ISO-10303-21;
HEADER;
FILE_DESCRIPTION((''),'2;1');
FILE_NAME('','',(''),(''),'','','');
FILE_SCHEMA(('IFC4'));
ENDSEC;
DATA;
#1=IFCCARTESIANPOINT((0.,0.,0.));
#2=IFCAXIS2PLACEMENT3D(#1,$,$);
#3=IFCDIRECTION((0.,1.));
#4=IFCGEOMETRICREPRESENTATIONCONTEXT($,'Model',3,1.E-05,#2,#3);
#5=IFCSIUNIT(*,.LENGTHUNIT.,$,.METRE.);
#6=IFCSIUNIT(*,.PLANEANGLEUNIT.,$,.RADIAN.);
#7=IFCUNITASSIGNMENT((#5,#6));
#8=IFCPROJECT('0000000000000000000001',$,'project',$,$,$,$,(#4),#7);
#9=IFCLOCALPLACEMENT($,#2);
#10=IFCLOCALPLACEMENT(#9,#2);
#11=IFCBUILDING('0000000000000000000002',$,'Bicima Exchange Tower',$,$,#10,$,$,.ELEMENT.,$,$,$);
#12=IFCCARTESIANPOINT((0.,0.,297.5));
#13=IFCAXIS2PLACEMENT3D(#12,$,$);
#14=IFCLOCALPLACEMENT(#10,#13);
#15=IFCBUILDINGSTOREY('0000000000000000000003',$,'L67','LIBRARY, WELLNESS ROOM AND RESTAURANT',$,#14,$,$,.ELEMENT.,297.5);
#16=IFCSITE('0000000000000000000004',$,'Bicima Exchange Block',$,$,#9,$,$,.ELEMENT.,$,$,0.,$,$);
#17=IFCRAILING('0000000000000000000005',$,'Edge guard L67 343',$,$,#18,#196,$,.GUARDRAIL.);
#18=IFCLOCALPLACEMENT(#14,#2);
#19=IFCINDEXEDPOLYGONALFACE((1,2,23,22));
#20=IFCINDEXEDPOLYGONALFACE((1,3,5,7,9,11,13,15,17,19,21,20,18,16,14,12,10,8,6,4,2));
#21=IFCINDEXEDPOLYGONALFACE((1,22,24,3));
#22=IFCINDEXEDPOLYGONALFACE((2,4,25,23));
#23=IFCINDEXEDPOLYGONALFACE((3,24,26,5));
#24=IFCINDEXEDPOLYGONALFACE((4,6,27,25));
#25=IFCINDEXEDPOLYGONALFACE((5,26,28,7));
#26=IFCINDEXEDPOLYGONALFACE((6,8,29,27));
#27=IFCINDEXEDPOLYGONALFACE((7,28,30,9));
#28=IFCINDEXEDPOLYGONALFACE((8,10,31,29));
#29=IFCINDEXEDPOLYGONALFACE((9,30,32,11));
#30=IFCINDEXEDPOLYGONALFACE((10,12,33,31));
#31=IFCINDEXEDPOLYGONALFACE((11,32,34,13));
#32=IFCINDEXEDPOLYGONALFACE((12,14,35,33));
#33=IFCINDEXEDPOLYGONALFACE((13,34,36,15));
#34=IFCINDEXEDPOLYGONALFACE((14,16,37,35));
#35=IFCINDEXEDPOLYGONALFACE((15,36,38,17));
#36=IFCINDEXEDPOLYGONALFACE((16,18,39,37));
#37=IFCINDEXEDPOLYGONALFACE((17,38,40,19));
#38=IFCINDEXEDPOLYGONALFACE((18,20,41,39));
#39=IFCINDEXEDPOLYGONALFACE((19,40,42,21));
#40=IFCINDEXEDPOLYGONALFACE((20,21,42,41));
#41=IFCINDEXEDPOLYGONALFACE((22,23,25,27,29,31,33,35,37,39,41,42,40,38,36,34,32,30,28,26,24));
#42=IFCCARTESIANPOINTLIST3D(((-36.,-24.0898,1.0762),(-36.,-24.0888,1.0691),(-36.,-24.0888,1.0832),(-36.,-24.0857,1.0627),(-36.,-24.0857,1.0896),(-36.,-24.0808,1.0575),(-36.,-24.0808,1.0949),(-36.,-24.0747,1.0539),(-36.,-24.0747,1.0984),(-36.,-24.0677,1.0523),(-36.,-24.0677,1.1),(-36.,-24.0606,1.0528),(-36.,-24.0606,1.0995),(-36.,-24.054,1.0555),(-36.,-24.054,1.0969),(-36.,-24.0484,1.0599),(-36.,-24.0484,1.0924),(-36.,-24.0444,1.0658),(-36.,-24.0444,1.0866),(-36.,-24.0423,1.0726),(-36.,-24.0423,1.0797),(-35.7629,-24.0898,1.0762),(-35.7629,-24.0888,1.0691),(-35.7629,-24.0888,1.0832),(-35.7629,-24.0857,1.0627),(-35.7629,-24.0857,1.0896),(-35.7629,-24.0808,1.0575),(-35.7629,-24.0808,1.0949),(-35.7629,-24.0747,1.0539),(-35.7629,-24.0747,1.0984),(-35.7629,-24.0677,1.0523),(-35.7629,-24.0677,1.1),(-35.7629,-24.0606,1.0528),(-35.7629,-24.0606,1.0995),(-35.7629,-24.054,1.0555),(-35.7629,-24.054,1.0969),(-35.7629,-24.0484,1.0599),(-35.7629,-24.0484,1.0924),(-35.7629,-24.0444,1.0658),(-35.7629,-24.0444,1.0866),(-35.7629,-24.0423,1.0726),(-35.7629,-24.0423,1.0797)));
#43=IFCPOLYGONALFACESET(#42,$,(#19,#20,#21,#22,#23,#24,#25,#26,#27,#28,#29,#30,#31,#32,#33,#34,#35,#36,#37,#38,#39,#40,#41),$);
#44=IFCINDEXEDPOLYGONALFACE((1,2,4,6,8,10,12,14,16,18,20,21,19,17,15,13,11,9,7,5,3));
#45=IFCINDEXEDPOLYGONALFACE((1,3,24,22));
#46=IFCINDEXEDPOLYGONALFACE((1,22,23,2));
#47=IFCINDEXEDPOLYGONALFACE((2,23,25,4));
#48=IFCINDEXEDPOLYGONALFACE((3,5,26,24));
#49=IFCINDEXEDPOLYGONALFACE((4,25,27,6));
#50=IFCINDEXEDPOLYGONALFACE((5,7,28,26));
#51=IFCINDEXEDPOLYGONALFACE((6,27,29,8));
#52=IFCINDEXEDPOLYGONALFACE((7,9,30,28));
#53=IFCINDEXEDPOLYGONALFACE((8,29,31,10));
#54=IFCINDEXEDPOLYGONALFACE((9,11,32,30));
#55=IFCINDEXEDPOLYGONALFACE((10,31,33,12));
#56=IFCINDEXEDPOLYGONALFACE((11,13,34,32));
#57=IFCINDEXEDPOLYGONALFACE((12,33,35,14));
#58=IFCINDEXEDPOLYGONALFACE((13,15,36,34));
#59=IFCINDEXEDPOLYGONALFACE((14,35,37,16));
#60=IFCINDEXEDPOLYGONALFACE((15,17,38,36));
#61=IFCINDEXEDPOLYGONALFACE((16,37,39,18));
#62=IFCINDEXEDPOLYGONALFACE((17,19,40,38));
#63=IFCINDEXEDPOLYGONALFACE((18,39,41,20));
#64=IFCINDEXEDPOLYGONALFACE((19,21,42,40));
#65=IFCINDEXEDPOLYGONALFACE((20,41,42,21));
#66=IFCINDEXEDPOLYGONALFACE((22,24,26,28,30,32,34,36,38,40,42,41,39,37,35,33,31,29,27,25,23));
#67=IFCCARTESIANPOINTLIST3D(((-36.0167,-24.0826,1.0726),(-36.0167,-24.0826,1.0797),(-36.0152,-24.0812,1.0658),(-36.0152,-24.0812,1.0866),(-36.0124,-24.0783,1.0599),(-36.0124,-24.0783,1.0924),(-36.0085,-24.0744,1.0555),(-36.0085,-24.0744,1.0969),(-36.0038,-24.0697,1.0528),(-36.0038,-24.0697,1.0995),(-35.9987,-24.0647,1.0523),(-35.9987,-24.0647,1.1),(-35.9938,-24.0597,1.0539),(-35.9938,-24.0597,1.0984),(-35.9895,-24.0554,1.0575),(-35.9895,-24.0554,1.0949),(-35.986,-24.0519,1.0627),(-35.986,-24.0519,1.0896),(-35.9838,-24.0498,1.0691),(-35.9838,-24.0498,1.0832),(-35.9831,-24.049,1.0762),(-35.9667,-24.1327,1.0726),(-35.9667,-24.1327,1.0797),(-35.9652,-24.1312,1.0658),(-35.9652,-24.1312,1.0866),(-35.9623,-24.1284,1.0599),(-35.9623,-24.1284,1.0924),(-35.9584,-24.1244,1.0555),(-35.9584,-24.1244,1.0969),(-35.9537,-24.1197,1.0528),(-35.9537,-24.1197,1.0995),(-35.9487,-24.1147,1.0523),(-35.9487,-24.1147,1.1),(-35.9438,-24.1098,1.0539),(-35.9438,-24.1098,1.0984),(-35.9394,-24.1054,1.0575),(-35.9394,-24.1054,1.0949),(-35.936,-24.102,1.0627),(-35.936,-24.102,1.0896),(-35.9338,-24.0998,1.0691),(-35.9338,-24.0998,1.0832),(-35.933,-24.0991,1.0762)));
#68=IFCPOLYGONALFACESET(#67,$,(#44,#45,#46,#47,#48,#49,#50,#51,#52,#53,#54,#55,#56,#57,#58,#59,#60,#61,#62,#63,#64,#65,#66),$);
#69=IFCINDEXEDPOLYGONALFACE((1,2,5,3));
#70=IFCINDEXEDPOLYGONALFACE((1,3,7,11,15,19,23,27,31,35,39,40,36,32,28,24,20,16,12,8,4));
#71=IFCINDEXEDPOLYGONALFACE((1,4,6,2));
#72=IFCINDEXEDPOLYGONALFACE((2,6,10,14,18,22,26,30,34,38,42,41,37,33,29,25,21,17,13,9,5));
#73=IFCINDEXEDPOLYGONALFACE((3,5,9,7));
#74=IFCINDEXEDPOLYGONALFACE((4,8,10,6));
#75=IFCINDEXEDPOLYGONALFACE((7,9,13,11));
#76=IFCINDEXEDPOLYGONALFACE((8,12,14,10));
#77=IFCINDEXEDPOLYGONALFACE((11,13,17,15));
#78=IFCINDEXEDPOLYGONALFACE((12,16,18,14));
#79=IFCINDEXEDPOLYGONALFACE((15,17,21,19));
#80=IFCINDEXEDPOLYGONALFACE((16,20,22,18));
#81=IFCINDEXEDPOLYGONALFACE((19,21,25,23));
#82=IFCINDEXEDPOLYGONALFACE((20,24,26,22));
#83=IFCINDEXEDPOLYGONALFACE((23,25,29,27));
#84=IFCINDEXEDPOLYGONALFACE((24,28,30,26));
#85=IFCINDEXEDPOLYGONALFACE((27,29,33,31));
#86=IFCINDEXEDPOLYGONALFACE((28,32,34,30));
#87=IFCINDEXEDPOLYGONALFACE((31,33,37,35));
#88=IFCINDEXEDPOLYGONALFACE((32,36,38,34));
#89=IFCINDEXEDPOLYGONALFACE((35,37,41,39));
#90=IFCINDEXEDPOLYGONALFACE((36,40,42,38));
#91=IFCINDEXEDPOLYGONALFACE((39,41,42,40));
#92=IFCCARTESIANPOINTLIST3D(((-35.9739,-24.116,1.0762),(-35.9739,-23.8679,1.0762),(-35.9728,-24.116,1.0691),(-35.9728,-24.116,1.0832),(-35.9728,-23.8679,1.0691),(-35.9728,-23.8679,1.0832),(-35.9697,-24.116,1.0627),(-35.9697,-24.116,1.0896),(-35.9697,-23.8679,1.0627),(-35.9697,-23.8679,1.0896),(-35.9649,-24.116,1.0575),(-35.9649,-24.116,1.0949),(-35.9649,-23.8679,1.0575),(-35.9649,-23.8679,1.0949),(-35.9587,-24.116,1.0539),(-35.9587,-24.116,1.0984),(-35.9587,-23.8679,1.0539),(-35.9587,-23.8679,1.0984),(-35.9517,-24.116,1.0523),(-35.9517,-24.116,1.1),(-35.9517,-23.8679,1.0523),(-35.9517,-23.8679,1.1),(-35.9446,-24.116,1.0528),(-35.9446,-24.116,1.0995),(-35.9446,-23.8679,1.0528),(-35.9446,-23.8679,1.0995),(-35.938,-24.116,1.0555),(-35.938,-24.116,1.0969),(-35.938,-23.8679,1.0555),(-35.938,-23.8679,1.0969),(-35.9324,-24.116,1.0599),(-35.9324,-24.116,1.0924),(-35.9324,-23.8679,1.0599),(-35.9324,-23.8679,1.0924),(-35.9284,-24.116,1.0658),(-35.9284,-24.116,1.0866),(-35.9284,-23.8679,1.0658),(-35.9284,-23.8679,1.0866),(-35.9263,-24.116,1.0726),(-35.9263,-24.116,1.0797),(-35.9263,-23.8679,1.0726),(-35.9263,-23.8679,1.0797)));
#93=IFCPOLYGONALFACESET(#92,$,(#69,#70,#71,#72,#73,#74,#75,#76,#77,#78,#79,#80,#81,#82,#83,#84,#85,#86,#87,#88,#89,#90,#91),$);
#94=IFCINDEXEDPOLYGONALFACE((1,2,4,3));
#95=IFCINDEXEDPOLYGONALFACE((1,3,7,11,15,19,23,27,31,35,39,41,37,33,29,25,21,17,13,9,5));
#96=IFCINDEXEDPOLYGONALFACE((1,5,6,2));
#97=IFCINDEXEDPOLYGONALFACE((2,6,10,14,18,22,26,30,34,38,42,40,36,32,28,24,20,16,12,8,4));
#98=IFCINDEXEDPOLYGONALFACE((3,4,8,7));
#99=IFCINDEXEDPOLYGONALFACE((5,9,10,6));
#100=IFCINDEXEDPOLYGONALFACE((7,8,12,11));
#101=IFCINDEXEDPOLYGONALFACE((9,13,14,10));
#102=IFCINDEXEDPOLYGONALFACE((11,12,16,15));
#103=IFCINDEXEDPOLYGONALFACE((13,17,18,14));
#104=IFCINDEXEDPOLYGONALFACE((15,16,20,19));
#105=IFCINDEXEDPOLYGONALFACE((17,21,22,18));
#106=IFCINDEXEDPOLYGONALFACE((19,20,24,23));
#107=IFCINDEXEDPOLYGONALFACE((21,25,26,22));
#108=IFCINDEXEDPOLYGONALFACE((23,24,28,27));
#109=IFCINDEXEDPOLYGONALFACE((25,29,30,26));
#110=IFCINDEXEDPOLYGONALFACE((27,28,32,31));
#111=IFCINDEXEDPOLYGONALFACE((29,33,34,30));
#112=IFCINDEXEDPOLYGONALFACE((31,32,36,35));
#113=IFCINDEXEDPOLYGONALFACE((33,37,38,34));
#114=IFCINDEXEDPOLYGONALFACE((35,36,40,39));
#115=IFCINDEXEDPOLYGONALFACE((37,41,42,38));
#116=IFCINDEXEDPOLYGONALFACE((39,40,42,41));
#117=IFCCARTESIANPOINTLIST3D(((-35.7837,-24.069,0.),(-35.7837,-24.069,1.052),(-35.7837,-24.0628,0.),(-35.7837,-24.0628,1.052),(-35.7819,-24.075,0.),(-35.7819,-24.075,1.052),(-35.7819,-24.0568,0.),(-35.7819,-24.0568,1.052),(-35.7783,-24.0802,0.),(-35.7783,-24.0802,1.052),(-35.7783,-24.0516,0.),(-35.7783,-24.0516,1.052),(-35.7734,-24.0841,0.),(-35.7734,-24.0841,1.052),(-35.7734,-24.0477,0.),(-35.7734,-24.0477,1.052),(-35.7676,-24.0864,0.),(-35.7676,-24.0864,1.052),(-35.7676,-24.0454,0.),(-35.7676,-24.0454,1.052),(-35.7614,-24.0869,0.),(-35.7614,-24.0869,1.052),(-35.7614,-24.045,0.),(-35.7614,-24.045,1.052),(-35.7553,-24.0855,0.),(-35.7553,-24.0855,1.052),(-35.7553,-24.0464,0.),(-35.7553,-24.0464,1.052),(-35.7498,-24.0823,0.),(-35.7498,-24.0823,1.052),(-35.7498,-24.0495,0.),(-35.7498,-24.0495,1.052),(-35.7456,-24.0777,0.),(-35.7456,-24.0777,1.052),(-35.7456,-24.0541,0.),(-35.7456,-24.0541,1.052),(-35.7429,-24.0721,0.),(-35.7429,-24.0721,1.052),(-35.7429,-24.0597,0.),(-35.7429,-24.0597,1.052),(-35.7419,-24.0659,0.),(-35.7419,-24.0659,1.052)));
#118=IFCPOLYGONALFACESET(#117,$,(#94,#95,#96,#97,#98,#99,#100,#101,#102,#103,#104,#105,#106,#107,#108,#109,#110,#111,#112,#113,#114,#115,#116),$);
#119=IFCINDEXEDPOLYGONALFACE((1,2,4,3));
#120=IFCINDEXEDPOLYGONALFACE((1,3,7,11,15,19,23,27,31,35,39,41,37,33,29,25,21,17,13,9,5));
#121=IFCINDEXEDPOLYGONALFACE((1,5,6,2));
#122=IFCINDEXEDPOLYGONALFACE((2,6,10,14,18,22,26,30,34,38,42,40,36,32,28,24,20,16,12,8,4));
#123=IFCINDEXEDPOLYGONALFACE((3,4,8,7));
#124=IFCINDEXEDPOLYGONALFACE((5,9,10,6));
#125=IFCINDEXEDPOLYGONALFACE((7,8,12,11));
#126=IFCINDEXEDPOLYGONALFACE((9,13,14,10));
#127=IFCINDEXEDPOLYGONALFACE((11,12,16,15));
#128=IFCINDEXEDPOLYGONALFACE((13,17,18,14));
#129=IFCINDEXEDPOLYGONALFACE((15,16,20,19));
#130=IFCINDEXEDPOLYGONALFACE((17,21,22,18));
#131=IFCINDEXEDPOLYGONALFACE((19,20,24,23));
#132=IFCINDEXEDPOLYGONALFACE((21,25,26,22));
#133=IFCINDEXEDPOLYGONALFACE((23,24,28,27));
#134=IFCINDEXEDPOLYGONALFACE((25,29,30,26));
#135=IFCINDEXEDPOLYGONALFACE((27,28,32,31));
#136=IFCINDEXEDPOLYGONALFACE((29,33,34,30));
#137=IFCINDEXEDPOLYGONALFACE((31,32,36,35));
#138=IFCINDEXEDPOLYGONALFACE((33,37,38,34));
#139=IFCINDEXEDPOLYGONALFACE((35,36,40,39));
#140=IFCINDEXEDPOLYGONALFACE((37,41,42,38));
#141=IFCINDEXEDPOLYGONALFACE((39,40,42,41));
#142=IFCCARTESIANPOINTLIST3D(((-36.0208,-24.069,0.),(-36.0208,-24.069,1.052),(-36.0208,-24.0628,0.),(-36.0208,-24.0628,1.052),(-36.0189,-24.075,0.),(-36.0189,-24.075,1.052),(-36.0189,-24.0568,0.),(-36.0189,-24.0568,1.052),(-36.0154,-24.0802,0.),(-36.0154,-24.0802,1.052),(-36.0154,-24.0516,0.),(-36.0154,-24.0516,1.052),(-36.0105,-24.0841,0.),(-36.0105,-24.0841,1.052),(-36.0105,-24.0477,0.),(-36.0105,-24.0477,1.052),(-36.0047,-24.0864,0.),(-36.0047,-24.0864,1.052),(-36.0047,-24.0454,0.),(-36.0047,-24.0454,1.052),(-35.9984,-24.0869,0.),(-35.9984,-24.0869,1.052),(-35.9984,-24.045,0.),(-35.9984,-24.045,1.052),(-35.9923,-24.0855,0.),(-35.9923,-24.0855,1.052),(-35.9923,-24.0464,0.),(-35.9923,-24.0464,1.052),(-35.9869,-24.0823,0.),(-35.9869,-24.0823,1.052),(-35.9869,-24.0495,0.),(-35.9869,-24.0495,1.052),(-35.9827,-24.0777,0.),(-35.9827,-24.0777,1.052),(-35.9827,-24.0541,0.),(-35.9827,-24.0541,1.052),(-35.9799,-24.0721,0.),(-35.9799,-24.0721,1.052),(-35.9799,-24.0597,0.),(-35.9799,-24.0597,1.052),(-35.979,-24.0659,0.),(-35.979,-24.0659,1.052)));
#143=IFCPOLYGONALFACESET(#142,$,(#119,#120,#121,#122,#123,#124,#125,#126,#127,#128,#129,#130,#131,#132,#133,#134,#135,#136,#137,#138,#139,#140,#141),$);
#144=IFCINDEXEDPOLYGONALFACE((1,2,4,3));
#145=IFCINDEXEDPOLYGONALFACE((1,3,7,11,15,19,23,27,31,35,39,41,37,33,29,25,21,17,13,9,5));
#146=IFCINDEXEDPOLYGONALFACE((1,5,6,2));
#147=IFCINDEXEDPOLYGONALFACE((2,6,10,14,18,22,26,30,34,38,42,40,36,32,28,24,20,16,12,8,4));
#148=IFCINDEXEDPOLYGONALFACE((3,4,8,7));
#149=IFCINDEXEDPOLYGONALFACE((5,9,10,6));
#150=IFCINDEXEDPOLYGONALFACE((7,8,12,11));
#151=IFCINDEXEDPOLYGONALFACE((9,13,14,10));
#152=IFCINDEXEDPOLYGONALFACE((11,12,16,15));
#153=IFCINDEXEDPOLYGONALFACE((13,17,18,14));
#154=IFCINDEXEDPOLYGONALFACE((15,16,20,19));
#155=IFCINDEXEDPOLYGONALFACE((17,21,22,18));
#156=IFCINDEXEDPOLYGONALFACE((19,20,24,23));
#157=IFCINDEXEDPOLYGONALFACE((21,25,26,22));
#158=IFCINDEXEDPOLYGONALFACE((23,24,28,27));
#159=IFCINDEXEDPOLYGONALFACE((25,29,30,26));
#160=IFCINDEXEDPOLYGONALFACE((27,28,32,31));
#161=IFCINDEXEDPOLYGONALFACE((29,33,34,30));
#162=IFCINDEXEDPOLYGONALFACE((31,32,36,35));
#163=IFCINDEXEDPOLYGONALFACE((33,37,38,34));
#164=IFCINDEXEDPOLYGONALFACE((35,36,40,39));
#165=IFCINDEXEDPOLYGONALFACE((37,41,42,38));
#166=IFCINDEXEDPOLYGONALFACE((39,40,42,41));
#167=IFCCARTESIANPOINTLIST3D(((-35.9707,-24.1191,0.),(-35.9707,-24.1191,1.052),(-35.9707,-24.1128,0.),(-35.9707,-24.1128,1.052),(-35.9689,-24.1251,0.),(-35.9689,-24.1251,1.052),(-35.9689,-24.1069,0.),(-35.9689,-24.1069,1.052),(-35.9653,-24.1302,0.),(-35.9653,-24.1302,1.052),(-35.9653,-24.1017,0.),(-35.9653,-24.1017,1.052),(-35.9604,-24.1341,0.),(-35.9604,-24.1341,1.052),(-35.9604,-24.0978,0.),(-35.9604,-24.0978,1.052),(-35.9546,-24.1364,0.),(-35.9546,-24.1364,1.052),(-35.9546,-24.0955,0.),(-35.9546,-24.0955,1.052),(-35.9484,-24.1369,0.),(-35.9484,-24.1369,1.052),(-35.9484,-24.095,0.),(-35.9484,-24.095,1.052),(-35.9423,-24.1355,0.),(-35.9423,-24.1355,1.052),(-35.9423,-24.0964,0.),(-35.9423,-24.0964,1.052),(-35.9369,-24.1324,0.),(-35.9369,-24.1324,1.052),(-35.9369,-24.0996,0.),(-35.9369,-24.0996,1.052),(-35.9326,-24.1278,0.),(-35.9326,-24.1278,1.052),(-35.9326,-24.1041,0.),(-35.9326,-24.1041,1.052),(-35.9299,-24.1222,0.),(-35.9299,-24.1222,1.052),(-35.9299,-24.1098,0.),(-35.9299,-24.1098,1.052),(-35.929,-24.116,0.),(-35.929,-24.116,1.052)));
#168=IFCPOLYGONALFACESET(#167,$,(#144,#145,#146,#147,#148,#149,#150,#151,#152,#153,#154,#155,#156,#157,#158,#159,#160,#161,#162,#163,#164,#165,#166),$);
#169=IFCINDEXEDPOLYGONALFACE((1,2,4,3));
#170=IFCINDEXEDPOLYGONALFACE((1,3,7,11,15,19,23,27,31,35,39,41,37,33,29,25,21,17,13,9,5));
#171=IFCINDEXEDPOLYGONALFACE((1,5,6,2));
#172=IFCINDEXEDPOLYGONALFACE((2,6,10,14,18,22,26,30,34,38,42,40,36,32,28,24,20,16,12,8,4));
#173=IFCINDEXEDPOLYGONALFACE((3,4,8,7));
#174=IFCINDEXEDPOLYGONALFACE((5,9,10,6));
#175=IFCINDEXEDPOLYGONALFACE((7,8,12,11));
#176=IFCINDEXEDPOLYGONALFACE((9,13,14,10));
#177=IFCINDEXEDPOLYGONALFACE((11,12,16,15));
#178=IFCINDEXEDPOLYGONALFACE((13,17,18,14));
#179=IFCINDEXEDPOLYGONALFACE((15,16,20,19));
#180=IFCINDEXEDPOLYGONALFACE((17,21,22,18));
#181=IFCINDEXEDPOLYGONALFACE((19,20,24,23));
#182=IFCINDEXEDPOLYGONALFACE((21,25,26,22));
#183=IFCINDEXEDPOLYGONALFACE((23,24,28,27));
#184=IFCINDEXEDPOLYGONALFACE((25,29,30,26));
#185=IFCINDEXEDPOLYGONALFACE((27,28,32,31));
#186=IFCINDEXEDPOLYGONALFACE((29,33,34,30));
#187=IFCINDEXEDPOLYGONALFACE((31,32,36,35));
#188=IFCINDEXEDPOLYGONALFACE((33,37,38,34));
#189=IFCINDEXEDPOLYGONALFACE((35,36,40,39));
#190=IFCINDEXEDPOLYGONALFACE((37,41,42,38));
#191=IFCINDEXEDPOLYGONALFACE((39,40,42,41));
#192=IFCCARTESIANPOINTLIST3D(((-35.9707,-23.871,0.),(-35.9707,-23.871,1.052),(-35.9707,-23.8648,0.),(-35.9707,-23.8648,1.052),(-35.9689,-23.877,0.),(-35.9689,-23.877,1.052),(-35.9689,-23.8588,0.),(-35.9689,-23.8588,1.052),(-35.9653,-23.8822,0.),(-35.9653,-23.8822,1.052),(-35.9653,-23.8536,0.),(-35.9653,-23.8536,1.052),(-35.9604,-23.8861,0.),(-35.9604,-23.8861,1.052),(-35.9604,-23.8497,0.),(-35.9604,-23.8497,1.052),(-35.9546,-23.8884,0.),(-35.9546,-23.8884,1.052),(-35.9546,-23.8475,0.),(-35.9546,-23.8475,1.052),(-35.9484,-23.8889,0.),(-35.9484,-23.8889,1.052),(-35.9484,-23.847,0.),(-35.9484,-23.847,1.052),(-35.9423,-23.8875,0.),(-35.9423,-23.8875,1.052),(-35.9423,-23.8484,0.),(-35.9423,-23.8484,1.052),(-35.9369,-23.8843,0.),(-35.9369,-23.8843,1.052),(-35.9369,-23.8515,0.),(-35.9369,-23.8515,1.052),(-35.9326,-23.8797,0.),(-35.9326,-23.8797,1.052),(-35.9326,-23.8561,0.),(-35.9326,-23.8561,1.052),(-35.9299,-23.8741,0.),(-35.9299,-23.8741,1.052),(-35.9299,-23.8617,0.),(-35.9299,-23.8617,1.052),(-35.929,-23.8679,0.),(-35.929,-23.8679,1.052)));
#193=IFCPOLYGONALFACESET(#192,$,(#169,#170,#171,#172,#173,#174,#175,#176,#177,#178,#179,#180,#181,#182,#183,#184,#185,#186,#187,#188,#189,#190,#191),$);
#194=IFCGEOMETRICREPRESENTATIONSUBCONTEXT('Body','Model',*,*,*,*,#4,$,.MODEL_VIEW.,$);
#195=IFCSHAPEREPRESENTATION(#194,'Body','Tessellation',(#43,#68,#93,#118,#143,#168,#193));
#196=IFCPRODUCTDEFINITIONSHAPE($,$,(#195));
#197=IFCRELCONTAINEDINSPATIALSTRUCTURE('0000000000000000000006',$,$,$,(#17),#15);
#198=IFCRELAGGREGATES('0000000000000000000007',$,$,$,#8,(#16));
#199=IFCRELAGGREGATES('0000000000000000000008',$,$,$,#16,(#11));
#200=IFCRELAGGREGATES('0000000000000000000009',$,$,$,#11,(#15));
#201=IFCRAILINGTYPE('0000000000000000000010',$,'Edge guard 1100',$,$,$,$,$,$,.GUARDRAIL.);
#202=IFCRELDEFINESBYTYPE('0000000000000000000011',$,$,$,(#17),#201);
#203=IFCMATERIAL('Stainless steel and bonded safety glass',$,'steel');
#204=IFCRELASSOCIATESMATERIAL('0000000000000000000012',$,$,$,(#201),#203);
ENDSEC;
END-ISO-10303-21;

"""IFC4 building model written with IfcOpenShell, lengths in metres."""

from ifc_helpers import new_model, si_unit, direction, frame, origin, origin_2d, place, context, subcontext, project, spatial, circle, extrude, material, type_object, element, save


model = new_model("IFC4")

# Units and contexts
model_context = context("Model", 3, precision=1e-05, world=origin(), true_north=direction((0.0, 1.0)))
body_context = subcontext(model_context, "Body", "Model", "MODEL_VIEW")
ifc_project = project(units=[si_unit("LENGTHUNIT", "METRE"), si_unit("PLANEANGLEUNIT", "RADIAN")], contexts=[model_context])

# Site, building, storey
site_placement = place(None, origin())
site = spatial("IfcSite", under=ifc_project, at=site_placement, Name="Bicima Exchange Block", CompositionType="ELEMENT", RefElevation=0.0)
building_placement = place(site_placement, origin())
building = spatial("IfcBuilding", under=site, at=building_placement, Name="Bicima Exchange Tower", CompositionType="ELEMENT")
storey_placement = place(building_placement, frame((0.0, 0.0, 297.5)))
storey = spatial("IfcBuildingStorey", under=building, at=storey_placement, Name="L67", Description="LIBRARY, WELLNESS ROOM AND RESTAURANT", CompositionType="ELEMENT", Elevation=297.5)

# Railing
ifc_material_1 = material(Name="Stainless steel and bonded safety glass", Category="steel")
railing_type = type_object("IfcRailingType", Name="Edge guard 1100", PredefinedType="GUARDRAIL", material=ifc_material_1)
railing_1_placement = place(storey_placement, frame((-35.7629, -24.0659, 0.0)))
element("IfcRailing", 1, at=railing_1_placement, inside=storey, type_object=railing_type, Name="Edge guard L67 343", PredefinedType="GUARDRAIL", context=body_context, shape_type="SweptSolid", body=[
    extrude(circle(Radius=0.0239, at=origin_2d()), frame((0.0, 0.0, 1.0762), z_axis=(-1.0, 0.0, 0.0), x_axis=(0.0, -1.0, 0.0)), (0.0, 0.0, 1.0), 0.2371),
    extrude(circle(Radius=0.0239, at=origin_2d()), frame((-0.2371, 0.0, 1.0762), z_axis=(0.707107, -0.707107, 0.0), x_axis=(0.707107, 0.707107, 0.0)), (0.0, 0.0, 1.0), 0.0708),
    extrude(circle(Radius=0.0239, at=origin_2d()), frame((-0.187, -0.05, 1.0762), z_axis=(0.0, 1.0, 0.0), x_axis=(-1.0, 0.0, 0.0)), (0.0, 0.0, 1.0), 0.248),
    extrude(circle(Radius=0.021, at=origin_2d()), origin(), (0.0, 0.0, 1.0), 1.052),
    extrude(circle(Radius=0.021, at=origin_2d()), frame((-0.2371, 0.0, 0.0)), (0.0, 0.0, 1.0), 1.052),
    extrude(circle(Radius=0.021, at=origin_2d()), frame((-0.187, -0.05, 0.0)), (0.0, 0.0, 1.0), 1.052),
    extrude(circle(Radius=0.021, at=origin_2d()), frame((-0.187, 0.198, 0.0)), (0.0, 0.0, 1.0), 1.052),
])

save(model, "model.ifc")
